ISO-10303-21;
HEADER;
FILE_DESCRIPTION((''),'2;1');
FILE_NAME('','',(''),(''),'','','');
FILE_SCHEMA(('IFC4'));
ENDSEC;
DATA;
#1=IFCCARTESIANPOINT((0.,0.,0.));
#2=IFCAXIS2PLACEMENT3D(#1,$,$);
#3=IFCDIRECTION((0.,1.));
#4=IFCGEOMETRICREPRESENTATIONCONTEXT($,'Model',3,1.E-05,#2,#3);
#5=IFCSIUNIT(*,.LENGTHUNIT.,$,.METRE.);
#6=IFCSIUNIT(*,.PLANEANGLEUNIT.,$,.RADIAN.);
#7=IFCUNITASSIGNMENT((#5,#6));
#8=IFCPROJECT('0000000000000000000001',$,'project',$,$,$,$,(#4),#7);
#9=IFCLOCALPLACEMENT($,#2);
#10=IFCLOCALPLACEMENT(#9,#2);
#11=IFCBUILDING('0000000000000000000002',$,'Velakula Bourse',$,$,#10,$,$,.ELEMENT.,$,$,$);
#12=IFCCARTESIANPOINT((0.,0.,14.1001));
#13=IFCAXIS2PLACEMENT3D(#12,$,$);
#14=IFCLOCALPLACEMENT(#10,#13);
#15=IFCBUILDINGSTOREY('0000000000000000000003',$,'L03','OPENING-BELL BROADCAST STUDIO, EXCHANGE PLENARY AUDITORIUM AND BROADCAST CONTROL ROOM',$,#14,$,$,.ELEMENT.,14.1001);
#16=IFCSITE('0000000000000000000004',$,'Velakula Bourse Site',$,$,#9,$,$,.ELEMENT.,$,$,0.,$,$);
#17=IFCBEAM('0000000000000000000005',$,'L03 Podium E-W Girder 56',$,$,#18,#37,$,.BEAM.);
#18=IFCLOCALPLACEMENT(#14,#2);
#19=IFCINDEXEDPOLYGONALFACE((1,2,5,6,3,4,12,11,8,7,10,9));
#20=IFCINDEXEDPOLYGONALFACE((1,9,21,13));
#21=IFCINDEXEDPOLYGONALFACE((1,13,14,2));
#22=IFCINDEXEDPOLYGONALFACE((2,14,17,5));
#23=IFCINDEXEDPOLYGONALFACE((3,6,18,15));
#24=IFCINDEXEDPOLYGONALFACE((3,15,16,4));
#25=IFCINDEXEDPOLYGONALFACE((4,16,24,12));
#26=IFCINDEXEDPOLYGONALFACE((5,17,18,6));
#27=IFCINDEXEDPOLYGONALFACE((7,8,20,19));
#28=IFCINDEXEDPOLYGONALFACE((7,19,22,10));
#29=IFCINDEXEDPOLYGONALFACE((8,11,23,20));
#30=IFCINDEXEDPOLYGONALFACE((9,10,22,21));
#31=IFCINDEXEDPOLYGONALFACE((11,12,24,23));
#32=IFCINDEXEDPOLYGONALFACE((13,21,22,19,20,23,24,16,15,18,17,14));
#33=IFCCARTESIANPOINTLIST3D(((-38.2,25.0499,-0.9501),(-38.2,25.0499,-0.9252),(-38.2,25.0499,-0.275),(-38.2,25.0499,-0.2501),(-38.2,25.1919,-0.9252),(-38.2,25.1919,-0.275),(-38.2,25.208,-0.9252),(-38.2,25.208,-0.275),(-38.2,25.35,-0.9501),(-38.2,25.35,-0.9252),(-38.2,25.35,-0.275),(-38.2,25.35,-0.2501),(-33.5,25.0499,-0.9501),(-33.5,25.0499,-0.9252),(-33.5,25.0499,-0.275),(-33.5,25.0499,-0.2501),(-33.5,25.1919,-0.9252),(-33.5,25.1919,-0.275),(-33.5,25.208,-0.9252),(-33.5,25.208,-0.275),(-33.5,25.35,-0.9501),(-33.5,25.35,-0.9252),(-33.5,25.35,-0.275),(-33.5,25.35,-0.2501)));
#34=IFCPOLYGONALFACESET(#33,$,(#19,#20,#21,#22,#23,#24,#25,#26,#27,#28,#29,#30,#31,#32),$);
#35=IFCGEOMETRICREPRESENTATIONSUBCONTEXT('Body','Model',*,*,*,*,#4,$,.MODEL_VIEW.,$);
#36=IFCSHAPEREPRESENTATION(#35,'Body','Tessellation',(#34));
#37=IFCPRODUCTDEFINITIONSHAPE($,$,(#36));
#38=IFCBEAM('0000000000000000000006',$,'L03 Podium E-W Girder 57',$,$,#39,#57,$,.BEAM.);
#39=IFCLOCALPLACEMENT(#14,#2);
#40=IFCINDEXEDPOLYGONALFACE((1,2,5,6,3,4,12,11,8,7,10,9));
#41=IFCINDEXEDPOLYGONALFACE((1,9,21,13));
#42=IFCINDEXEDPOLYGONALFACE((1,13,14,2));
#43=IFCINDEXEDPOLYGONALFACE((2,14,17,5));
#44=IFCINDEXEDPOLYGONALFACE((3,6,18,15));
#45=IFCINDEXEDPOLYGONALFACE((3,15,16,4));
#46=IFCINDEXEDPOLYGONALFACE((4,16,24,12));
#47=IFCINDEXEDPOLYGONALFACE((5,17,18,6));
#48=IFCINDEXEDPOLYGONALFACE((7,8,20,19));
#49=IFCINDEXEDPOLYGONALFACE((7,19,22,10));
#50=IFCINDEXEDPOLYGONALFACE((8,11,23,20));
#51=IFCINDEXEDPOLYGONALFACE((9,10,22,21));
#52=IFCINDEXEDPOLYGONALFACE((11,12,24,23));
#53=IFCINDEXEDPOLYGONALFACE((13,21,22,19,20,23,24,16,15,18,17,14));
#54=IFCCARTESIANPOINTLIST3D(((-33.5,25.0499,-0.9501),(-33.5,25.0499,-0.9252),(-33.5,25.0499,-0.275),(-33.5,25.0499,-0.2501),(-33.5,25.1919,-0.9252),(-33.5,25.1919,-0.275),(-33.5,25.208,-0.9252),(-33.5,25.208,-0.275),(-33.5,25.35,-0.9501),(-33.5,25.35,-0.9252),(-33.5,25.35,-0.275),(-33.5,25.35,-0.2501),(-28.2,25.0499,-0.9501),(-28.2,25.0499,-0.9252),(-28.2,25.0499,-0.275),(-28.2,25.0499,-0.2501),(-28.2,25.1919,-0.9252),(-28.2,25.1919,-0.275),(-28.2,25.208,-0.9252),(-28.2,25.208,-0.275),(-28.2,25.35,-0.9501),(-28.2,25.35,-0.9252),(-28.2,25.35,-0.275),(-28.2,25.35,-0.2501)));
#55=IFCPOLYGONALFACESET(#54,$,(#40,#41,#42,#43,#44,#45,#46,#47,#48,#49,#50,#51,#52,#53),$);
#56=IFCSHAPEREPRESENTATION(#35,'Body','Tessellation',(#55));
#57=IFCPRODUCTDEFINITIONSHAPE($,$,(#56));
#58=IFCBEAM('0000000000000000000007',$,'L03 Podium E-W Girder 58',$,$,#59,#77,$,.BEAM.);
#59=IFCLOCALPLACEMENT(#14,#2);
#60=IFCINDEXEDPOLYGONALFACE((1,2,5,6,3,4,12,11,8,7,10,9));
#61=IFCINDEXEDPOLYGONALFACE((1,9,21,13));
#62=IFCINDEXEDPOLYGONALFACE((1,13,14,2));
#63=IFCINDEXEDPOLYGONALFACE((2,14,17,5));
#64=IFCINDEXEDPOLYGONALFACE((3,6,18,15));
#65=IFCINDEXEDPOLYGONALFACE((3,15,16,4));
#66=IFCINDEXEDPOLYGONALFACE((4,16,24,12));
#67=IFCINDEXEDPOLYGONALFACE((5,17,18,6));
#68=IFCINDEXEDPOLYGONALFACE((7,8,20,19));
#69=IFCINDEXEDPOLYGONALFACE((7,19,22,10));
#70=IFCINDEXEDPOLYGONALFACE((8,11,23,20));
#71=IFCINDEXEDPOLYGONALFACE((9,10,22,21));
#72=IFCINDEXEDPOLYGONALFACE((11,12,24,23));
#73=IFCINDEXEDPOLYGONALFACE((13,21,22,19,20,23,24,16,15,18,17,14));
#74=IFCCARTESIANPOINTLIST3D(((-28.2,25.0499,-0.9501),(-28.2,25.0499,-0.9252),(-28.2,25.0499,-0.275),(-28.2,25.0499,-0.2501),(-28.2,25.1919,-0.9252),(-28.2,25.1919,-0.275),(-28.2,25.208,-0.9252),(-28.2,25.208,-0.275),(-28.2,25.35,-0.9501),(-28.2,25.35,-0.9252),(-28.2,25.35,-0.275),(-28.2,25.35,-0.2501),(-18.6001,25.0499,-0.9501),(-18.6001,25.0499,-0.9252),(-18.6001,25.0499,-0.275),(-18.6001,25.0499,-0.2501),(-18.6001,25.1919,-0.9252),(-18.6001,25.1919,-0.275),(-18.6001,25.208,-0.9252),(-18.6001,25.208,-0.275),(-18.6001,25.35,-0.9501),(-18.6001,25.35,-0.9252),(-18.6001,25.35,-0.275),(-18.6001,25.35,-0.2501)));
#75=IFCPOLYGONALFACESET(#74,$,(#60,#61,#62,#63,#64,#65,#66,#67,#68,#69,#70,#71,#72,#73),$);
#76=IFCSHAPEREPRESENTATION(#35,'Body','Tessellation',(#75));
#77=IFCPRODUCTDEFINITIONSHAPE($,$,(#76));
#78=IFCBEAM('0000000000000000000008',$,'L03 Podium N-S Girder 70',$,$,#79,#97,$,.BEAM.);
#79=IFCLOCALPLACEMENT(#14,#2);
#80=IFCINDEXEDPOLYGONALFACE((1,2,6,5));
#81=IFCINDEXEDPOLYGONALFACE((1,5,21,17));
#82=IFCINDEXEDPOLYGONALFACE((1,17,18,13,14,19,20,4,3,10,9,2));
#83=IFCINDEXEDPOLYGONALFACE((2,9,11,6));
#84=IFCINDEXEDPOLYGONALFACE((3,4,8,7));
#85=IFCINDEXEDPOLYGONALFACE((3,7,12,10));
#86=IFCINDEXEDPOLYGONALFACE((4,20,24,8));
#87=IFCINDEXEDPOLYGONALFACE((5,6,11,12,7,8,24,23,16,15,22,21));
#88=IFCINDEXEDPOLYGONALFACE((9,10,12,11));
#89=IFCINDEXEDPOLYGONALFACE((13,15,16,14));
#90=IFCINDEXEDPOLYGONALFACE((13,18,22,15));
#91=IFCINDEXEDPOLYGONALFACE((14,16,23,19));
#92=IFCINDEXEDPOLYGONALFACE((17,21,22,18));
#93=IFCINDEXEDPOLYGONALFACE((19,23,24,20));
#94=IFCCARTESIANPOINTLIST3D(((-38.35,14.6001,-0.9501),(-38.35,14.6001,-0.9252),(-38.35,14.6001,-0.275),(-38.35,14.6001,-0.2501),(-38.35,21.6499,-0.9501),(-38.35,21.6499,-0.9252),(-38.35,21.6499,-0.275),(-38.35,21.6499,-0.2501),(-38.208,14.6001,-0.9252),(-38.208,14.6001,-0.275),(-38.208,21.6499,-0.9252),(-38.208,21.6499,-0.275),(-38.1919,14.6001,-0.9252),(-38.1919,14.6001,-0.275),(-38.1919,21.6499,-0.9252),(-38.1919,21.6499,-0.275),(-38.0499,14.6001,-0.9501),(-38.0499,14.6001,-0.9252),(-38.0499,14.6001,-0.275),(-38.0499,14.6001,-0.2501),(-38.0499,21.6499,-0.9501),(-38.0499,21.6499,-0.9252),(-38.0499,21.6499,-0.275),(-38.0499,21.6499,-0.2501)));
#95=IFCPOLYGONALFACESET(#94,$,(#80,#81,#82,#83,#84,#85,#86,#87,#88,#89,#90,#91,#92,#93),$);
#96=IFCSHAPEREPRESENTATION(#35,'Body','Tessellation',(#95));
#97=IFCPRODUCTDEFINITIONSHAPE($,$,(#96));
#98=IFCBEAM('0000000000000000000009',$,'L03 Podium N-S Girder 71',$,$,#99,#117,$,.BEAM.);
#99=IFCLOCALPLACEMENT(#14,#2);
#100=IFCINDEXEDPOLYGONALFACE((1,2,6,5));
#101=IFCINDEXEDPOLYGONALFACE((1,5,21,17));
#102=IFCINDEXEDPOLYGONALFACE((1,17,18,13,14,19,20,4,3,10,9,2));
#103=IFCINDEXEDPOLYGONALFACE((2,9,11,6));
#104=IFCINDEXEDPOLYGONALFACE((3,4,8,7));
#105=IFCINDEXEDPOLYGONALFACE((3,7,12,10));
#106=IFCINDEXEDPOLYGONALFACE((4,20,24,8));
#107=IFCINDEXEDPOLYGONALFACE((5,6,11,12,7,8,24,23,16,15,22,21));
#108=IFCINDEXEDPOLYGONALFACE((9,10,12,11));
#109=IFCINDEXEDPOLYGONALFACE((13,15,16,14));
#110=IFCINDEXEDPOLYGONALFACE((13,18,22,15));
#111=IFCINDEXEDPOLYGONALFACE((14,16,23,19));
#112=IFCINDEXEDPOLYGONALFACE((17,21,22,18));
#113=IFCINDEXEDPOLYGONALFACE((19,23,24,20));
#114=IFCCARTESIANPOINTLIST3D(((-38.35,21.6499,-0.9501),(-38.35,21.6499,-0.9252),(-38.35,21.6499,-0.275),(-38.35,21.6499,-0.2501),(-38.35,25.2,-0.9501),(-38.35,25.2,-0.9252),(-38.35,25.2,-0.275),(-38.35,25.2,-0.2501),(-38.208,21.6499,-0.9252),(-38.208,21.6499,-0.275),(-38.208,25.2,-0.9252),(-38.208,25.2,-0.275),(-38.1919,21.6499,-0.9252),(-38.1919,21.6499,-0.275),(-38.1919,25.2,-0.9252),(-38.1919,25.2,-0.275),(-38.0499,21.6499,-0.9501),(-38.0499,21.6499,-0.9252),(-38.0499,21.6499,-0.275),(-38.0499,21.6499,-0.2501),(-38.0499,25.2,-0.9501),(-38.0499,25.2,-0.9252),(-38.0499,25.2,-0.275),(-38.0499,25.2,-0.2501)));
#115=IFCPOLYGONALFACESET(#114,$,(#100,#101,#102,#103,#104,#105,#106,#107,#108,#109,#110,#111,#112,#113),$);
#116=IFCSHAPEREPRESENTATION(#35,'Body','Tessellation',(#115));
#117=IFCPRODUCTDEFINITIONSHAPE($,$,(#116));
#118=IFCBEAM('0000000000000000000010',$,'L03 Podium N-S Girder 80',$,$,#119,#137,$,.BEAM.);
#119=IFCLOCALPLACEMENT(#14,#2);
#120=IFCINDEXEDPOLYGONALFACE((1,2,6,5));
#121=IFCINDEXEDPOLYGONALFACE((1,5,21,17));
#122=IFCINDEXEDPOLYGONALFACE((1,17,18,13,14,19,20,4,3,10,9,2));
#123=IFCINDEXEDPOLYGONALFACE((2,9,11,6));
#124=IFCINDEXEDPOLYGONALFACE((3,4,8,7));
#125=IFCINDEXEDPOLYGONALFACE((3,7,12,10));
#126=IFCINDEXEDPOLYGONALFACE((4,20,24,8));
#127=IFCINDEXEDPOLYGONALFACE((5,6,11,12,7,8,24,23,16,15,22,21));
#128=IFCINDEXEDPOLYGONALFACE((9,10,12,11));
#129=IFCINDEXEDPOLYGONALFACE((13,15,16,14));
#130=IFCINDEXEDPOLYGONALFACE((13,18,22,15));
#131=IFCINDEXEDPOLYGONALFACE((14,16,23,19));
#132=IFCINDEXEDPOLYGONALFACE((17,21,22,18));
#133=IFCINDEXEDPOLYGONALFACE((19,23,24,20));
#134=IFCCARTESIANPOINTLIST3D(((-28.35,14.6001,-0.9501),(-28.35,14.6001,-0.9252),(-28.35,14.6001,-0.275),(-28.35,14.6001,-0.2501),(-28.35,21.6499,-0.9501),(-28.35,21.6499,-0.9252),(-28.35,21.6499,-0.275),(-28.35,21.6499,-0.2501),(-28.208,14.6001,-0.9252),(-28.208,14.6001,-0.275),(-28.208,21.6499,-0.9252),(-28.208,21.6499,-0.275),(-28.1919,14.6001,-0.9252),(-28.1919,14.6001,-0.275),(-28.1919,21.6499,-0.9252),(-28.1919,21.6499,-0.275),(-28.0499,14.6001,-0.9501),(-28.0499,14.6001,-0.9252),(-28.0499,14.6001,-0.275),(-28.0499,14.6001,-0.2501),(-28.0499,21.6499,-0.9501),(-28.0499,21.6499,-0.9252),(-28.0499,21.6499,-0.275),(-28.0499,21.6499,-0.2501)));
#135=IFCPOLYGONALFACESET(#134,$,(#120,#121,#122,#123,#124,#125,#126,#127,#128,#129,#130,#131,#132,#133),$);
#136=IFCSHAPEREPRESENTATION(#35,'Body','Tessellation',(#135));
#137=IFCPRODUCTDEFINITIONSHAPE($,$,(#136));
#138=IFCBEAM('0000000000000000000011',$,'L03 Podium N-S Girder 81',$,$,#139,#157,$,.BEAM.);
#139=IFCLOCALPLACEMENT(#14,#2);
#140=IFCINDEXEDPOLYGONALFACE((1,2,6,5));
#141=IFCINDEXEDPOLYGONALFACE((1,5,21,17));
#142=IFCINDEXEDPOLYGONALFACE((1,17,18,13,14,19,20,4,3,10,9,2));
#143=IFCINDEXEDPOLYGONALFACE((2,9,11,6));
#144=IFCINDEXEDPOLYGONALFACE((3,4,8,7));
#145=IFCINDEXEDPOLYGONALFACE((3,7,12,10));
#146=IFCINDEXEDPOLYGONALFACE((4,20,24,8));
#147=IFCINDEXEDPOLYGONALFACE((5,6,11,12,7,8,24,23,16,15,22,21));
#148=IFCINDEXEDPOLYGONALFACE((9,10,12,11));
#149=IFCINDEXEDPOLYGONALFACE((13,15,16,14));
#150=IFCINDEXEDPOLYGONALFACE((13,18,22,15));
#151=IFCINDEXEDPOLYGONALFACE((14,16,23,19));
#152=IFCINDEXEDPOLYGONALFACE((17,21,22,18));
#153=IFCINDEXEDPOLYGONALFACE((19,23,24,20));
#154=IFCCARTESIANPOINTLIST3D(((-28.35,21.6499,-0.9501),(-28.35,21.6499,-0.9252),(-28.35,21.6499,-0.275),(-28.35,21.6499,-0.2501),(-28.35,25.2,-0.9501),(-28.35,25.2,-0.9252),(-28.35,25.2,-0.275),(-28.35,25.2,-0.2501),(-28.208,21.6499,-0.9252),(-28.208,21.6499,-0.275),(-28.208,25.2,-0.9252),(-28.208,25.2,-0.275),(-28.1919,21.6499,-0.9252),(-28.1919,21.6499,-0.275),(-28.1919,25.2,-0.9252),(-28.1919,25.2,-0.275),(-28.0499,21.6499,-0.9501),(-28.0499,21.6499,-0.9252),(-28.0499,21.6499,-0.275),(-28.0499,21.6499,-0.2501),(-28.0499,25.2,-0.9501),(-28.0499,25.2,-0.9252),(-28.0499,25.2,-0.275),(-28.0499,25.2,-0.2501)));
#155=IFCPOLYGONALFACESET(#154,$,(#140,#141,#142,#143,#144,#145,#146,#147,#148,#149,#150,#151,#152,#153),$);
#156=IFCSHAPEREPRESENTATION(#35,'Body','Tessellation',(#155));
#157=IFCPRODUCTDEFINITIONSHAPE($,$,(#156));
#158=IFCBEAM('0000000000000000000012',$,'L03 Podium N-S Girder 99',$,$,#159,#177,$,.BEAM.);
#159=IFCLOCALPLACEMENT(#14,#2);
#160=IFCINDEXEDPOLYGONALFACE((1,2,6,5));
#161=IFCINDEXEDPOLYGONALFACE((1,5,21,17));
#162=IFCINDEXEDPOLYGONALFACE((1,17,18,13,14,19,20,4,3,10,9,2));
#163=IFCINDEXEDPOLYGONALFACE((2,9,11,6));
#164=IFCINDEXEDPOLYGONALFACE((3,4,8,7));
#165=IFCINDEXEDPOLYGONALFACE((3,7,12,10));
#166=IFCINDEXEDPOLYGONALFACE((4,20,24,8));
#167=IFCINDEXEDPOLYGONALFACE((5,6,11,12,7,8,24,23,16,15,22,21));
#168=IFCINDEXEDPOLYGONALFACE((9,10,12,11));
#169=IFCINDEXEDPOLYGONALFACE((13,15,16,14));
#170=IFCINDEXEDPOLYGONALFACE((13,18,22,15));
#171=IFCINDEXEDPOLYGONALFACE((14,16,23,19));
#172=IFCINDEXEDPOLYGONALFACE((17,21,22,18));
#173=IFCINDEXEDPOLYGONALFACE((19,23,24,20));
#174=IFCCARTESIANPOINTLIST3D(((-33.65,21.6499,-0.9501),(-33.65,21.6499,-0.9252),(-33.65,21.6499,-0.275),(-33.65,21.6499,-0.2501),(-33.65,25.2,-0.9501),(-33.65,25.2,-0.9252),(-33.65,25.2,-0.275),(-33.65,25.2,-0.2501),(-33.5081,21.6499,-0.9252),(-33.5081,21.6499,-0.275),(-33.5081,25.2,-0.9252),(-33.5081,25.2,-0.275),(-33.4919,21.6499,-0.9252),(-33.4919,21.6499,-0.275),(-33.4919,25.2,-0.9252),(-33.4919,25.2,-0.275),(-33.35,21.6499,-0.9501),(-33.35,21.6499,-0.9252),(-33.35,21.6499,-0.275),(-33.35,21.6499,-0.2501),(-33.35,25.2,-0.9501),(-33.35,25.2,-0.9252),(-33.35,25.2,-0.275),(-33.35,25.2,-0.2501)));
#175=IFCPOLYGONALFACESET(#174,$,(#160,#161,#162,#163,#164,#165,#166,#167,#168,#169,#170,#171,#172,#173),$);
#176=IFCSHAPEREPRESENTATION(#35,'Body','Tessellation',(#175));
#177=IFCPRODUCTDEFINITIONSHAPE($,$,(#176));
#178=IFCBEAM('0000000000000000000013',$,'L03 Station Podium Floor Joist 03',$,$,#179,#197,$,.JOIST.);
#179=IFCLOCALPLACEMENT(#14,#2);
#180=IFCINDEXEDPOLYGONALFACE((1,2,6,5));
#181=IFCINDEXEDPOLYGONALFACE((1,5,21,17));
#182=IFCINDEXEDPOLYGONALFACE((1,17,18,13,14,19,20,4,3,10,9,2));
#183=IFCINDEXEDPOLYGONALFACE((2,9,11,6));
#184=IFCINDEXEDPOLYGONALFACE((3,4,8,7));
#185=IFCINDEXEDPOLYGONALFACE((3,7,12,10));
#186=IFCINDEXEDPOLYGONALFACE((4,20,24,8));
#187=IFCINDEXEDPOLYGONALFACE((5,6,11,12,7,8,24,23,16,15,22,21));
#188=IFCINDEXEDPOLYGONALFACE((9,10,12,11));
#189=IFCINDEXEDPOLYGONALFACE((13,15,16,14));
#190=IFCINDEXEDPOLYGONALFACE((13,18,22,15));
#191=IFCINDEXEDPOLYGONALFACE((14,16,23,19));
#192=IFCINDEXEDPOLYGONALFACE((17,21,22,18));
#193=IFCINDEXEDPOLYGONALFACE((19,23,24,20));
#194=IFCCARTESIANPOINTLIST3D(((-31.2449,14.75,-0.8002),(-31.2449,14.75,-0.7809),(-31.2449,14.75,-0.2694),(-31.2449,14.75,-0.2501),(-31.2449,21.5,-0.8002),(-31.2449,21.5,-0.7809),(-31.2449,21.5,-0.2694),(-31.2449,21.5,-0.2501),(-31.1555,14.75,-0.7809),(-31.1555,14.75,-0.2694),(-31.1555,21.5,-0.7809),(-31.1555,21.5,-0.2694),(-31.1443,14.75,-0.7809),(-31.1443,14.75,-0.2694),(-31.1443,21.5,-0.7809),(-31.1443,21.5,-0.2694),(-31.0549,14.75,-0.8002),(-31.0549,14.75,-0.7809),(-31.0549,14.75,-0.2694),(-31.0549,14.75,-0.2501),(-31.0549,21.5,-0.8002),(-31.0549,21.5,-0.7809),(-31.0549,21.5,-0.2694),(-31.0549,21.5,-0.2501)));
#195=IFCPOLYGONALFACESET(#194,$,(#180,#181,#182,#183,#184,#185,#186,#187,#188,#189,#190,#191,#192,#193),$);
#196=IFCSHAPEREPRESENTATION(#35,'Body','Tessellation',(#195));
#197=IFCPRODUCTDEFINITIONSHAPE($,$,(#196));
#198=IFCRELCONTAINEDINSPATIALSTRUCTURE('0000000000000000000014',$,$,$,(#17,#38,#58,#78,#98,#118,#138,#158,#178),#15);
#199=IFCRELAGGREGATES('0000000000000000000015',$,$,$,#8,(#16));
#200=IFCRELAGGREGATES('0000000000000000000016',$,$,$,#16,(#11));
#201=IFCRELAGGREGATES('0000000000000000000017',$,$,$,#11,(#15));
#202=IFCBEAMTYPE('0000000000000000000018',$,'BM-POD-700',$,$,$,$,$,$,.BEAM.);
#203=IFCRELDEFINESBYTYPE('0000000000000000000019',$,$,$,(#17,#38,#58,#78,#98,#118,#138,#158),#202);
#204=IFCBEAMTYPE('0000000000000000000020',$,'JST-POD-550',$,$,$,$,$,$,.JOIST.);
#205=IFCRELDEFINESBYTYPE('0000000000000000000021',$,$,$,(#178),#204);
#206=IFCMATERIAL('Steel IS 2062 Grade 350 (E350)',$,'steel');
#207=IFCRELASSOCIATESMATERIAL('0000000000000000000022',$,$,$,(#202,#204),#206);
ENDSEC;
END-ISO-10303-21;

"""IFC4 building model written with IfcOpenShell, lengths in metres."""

from ifc_helpers import new_model, si_unit, direction, frame, origin, origin_2d, place, context, subcontext, project, spatial, i_section, extrude, material, material_profile, profile_set, type_object, element, save


model = new_model("IFC4")

# Units and contexts
model_context = context("Model", 3, precision=1e-05, world=origin(), true_north=direction((0.0, 1.0)))
body_context = subcontext(model_context, "Body", "Model", "MODEL_VIEW")
ifc_project = project(units=[si_unit("LENGTHUNIT", "METRE"), si_unit("PLANEANGLEUNIT", "RADIAN")], contexts=[model_context])

# Site, building, storey
site_placement = place(None, origin())
site = spatial("IfcSite", under=ifc_project, at=site_placement, Name="Velakula Bourse Site", CompositionType="ELEMENT", RefElevation=0.0)
building_placement = place(site_placement, origin())
building = spatial("IfcBuilding", under=site, at=building_placement, Name="Velakula Bourse", CompositionType="ELEMENT")
storey_placement = place(building_placement, frame((0.0, 0.0, 14.1001)))
storey = spatial("IfcBuildingStorey", under=building, at=storey_placement, Name="L03", Description="OPENING-BELL BROADCAST STUDIO, EXCHANGE PLENARY AUDITORIUM AND BROADCAST CONTROL ROOM", CompositionType="ELEMENT", Elevation=14.1001)

# Beams
ifc_material_1 = material(Name="Steel IS 2062 Grade 350 (E350)", Category="steel")
ifc_material_profile_1 = material_profile(ifc_material_1, i_section(OverallWidth=0.3, OverallDepth=0.7, WebThickness=0.0161, FlangeThickness=0.0249, at=origin_2d()), Name="Steel IS 2062 Grade 350 (E350)")
ifc_profile_set_1 = profile_set([ifc_material_profile_1], Name="Steel IS 2062 Grade 350 (E350)")
beam_type_1 = type_object("IfcBeamType", Name="BM-POD-700", PredefinedType="BEAM", material=ifc_profile_set_1)
beam_1_placement = place(storey_placement, frame((-38.2, 25.2, -0.6001), z_axis=(1.0, 0.0, 0.0), x_axis=(0.0, 1.0, 0.0)))
element("IfcBeam", 1, at=beam_1_placement, inside=storey, type_object=beam_type_1, Name="L03 Podium E-W Girder 56", PredefinedType="BEAM", context=body_context, shape_type="SweptSolid", body=[
    extrude(i_section(OverallWidth=0.3, OverallDepth=0.7, WebThickness=0.0161, FlangeThickness=0.0249, at=origin_2d()), origin(), (0.0, 0.0, 1.0), 4.7),
])
beam_2_placement = place(storey_placement, frame((-33.5, 25.2, -0.6001), z_axis=(1.0, 0.0, 0.0), x_axis=(0.0, 1.0, 0.0)))
element("IfcBeam", 2, at=beam_2_placement, inside=storey, type_object=beam_type_1, Name="L03 Podium E-W Girder 57", PredefinedType="BEAM", context=body_context, shape_type="SweptSolid", body=[
    extrude(i_section(OverallWidth=0.3, OverallDepth=0.7, WebThickness=0.0161, FlangeThickness=0.0249, at=origin_2d()), origin(), (0.0, 0.0, 1.0), 5.3),
])
beam_3_placement = place(storey_placement, frame((-28.2, 25.2, -0.6001), z_axis=(1.0, 0.0, 0.0), x_axis=(0.0, 1.0, 0.0)))
element("IfcBeam", 3, at=beam_3_placement, inside=storey, type_object=beam_type_1, Name="L03 Podium E-W Girder 58", PredefinedType="BEAM", context=body_context, shape_type="SweptSolid", body=[
    extrude(i_section(OverallWidth=0.3, OverallDepth=0.7, WebThickness=0.0161, FlangeThickness=0.0249, at=origin_2d()), origin(), (0.0, 0.0, 1.0), 9.5999),
])
beam_4_placement = place(storey_placement, frame((-38.2, 14.6001, -0.6001), z_axis=(0.0, 1.0, 0.0), x_axis=(-1.0, 0.0, 0.0)))
element("IfcBeam", 4, at=beam_4_placement, inside=storey, type_object=beam_type_1, Name="L03 Podium N-S Girder 70", PredefinedType="BEAM", context=body_context, shape_type="SweptSolid", body=[
    extrude(i_section(OverallWidth=0.3, OverallDepth=0.7, WebThickness=0.0161, FlangeThickness=0.0249, at=origin_2d()), origin(), (0.0, 0.0, 1.0), 7.0498),
])
beam_5_placement = place(storey_placement, frame((-38.2, 21.6499, -0.6001), z_axis=(0.0, 1.0, 0.0), x_axis=(-1.0, 0.0, 0.0)))
element("IfcBeam", 5, at=beam_5_placement, inside=storey, type_object=beam_type_1, Name="L03 Podium N-S Girder 71", PredefinedType="BEAM", context=body_context, shape_type="SweptSolid", body=[
    extrude(i_section(OverallWidth=0.3, OverallDepth=0.7, WebThickness=0.0161, FlangeThickness=0.0249, at=origin_2d()), origin(), (0.0, 0.0, 1.0), 3.55),
])
beam_6_placement = place(storey_placement, frame((-28.2, 14.6001, -0.6001), z_axis=(0.0, 1.0, 0.0), x_axis=(-1.0, 0.0, 0.0)))
element("IfcBeam", 6, at=beam_6_placement, inside=storey, type_object=beam_type_1, Name="L03 Podium N-S Girder 80", PredefinedType="BEAM", context=body_context, shape_type="SweptSolid", body=[
    extrude(i_section(OverallWidth=0.3, OverallDepth=0.7, WebThickness=0.0161, FlangeThickness=0.0249, at=origin_2d()), origin(), (0.0, 0.0, 1.0), 7.0498),
])
for number, where, z_axis, x_axis, name in (
    (7, (-28.2, 21.6499, -0.6001), (0.0, 1.0, 0.0), (-1.0, 0.0, 0.0), "L03 Podium N-S Girder 81"),
    (8, (-33.5, 21.6499, -0.6001), (0.0, 1.0, 0.0), (-1.0, 0.0, 0.0), "L03 Podium N-S Girder 99"),
):
    element("IfcBeam", number, at=place(storey_placement, frame(where, z_axis=z_axis, x_axis=x_axis)), inside=storey, type_object=beam_type_1, Name=name, PredefinedType="BEAM", context=body_context, shape_type="SweptSolid", body=[
        extrude(i_section(OverallWidth=0.3, OverallDepth=0.7, WebThickness=0.0161, FlangeThickness=0.0249, at=origin_2d()), origin(), (0.0, 0.0, 1.0), 3.55),
    ])
ifc_material_profile_2 = material_profile(ifc_material_1, i_section(OverallWidth=0.1899, OverallDepth=0.55, WebThickness=0.0112, FlangeThickness=0.0193, at=origin_2d()), Name="Steel IS 2062 Grade 350 (E350)")
ifc_profile_set_2 = profile_set([ifc_material_profile_2], Name="Steel IS 2062 Grade 350 (E350)")
beam_type_2 = type_object("IfcBeamType", Name="JST-POD-550", PredefinedType="JOIST", material=ifc_profile_set_2)
beam_7_placement = place(storey_placement, frame((-31.1499, 14.75, -0.5251), z_axis=(0.0, 1.0, 0.0), x_axis=(-1.0, 0.0, 0.0)))
element("IfcBeam", 9, at=beam_7_placement, inside=storey, type_object=beam_type_2, Name="L03 Station Podium Floor Joist 03", PredefinedType="JOIST", context=body_context, shape_type="SweptSolid", body=[
    extrude(i_section(OverallWidth=0.1899, OverallDepth=0.55, WebThickness=0.0112, FlangeThickness=0.0193, at=origin_2d()), origin(), (0.0, 0.0, 1.0), 6.75),
])

save(model, "model.ifc")
